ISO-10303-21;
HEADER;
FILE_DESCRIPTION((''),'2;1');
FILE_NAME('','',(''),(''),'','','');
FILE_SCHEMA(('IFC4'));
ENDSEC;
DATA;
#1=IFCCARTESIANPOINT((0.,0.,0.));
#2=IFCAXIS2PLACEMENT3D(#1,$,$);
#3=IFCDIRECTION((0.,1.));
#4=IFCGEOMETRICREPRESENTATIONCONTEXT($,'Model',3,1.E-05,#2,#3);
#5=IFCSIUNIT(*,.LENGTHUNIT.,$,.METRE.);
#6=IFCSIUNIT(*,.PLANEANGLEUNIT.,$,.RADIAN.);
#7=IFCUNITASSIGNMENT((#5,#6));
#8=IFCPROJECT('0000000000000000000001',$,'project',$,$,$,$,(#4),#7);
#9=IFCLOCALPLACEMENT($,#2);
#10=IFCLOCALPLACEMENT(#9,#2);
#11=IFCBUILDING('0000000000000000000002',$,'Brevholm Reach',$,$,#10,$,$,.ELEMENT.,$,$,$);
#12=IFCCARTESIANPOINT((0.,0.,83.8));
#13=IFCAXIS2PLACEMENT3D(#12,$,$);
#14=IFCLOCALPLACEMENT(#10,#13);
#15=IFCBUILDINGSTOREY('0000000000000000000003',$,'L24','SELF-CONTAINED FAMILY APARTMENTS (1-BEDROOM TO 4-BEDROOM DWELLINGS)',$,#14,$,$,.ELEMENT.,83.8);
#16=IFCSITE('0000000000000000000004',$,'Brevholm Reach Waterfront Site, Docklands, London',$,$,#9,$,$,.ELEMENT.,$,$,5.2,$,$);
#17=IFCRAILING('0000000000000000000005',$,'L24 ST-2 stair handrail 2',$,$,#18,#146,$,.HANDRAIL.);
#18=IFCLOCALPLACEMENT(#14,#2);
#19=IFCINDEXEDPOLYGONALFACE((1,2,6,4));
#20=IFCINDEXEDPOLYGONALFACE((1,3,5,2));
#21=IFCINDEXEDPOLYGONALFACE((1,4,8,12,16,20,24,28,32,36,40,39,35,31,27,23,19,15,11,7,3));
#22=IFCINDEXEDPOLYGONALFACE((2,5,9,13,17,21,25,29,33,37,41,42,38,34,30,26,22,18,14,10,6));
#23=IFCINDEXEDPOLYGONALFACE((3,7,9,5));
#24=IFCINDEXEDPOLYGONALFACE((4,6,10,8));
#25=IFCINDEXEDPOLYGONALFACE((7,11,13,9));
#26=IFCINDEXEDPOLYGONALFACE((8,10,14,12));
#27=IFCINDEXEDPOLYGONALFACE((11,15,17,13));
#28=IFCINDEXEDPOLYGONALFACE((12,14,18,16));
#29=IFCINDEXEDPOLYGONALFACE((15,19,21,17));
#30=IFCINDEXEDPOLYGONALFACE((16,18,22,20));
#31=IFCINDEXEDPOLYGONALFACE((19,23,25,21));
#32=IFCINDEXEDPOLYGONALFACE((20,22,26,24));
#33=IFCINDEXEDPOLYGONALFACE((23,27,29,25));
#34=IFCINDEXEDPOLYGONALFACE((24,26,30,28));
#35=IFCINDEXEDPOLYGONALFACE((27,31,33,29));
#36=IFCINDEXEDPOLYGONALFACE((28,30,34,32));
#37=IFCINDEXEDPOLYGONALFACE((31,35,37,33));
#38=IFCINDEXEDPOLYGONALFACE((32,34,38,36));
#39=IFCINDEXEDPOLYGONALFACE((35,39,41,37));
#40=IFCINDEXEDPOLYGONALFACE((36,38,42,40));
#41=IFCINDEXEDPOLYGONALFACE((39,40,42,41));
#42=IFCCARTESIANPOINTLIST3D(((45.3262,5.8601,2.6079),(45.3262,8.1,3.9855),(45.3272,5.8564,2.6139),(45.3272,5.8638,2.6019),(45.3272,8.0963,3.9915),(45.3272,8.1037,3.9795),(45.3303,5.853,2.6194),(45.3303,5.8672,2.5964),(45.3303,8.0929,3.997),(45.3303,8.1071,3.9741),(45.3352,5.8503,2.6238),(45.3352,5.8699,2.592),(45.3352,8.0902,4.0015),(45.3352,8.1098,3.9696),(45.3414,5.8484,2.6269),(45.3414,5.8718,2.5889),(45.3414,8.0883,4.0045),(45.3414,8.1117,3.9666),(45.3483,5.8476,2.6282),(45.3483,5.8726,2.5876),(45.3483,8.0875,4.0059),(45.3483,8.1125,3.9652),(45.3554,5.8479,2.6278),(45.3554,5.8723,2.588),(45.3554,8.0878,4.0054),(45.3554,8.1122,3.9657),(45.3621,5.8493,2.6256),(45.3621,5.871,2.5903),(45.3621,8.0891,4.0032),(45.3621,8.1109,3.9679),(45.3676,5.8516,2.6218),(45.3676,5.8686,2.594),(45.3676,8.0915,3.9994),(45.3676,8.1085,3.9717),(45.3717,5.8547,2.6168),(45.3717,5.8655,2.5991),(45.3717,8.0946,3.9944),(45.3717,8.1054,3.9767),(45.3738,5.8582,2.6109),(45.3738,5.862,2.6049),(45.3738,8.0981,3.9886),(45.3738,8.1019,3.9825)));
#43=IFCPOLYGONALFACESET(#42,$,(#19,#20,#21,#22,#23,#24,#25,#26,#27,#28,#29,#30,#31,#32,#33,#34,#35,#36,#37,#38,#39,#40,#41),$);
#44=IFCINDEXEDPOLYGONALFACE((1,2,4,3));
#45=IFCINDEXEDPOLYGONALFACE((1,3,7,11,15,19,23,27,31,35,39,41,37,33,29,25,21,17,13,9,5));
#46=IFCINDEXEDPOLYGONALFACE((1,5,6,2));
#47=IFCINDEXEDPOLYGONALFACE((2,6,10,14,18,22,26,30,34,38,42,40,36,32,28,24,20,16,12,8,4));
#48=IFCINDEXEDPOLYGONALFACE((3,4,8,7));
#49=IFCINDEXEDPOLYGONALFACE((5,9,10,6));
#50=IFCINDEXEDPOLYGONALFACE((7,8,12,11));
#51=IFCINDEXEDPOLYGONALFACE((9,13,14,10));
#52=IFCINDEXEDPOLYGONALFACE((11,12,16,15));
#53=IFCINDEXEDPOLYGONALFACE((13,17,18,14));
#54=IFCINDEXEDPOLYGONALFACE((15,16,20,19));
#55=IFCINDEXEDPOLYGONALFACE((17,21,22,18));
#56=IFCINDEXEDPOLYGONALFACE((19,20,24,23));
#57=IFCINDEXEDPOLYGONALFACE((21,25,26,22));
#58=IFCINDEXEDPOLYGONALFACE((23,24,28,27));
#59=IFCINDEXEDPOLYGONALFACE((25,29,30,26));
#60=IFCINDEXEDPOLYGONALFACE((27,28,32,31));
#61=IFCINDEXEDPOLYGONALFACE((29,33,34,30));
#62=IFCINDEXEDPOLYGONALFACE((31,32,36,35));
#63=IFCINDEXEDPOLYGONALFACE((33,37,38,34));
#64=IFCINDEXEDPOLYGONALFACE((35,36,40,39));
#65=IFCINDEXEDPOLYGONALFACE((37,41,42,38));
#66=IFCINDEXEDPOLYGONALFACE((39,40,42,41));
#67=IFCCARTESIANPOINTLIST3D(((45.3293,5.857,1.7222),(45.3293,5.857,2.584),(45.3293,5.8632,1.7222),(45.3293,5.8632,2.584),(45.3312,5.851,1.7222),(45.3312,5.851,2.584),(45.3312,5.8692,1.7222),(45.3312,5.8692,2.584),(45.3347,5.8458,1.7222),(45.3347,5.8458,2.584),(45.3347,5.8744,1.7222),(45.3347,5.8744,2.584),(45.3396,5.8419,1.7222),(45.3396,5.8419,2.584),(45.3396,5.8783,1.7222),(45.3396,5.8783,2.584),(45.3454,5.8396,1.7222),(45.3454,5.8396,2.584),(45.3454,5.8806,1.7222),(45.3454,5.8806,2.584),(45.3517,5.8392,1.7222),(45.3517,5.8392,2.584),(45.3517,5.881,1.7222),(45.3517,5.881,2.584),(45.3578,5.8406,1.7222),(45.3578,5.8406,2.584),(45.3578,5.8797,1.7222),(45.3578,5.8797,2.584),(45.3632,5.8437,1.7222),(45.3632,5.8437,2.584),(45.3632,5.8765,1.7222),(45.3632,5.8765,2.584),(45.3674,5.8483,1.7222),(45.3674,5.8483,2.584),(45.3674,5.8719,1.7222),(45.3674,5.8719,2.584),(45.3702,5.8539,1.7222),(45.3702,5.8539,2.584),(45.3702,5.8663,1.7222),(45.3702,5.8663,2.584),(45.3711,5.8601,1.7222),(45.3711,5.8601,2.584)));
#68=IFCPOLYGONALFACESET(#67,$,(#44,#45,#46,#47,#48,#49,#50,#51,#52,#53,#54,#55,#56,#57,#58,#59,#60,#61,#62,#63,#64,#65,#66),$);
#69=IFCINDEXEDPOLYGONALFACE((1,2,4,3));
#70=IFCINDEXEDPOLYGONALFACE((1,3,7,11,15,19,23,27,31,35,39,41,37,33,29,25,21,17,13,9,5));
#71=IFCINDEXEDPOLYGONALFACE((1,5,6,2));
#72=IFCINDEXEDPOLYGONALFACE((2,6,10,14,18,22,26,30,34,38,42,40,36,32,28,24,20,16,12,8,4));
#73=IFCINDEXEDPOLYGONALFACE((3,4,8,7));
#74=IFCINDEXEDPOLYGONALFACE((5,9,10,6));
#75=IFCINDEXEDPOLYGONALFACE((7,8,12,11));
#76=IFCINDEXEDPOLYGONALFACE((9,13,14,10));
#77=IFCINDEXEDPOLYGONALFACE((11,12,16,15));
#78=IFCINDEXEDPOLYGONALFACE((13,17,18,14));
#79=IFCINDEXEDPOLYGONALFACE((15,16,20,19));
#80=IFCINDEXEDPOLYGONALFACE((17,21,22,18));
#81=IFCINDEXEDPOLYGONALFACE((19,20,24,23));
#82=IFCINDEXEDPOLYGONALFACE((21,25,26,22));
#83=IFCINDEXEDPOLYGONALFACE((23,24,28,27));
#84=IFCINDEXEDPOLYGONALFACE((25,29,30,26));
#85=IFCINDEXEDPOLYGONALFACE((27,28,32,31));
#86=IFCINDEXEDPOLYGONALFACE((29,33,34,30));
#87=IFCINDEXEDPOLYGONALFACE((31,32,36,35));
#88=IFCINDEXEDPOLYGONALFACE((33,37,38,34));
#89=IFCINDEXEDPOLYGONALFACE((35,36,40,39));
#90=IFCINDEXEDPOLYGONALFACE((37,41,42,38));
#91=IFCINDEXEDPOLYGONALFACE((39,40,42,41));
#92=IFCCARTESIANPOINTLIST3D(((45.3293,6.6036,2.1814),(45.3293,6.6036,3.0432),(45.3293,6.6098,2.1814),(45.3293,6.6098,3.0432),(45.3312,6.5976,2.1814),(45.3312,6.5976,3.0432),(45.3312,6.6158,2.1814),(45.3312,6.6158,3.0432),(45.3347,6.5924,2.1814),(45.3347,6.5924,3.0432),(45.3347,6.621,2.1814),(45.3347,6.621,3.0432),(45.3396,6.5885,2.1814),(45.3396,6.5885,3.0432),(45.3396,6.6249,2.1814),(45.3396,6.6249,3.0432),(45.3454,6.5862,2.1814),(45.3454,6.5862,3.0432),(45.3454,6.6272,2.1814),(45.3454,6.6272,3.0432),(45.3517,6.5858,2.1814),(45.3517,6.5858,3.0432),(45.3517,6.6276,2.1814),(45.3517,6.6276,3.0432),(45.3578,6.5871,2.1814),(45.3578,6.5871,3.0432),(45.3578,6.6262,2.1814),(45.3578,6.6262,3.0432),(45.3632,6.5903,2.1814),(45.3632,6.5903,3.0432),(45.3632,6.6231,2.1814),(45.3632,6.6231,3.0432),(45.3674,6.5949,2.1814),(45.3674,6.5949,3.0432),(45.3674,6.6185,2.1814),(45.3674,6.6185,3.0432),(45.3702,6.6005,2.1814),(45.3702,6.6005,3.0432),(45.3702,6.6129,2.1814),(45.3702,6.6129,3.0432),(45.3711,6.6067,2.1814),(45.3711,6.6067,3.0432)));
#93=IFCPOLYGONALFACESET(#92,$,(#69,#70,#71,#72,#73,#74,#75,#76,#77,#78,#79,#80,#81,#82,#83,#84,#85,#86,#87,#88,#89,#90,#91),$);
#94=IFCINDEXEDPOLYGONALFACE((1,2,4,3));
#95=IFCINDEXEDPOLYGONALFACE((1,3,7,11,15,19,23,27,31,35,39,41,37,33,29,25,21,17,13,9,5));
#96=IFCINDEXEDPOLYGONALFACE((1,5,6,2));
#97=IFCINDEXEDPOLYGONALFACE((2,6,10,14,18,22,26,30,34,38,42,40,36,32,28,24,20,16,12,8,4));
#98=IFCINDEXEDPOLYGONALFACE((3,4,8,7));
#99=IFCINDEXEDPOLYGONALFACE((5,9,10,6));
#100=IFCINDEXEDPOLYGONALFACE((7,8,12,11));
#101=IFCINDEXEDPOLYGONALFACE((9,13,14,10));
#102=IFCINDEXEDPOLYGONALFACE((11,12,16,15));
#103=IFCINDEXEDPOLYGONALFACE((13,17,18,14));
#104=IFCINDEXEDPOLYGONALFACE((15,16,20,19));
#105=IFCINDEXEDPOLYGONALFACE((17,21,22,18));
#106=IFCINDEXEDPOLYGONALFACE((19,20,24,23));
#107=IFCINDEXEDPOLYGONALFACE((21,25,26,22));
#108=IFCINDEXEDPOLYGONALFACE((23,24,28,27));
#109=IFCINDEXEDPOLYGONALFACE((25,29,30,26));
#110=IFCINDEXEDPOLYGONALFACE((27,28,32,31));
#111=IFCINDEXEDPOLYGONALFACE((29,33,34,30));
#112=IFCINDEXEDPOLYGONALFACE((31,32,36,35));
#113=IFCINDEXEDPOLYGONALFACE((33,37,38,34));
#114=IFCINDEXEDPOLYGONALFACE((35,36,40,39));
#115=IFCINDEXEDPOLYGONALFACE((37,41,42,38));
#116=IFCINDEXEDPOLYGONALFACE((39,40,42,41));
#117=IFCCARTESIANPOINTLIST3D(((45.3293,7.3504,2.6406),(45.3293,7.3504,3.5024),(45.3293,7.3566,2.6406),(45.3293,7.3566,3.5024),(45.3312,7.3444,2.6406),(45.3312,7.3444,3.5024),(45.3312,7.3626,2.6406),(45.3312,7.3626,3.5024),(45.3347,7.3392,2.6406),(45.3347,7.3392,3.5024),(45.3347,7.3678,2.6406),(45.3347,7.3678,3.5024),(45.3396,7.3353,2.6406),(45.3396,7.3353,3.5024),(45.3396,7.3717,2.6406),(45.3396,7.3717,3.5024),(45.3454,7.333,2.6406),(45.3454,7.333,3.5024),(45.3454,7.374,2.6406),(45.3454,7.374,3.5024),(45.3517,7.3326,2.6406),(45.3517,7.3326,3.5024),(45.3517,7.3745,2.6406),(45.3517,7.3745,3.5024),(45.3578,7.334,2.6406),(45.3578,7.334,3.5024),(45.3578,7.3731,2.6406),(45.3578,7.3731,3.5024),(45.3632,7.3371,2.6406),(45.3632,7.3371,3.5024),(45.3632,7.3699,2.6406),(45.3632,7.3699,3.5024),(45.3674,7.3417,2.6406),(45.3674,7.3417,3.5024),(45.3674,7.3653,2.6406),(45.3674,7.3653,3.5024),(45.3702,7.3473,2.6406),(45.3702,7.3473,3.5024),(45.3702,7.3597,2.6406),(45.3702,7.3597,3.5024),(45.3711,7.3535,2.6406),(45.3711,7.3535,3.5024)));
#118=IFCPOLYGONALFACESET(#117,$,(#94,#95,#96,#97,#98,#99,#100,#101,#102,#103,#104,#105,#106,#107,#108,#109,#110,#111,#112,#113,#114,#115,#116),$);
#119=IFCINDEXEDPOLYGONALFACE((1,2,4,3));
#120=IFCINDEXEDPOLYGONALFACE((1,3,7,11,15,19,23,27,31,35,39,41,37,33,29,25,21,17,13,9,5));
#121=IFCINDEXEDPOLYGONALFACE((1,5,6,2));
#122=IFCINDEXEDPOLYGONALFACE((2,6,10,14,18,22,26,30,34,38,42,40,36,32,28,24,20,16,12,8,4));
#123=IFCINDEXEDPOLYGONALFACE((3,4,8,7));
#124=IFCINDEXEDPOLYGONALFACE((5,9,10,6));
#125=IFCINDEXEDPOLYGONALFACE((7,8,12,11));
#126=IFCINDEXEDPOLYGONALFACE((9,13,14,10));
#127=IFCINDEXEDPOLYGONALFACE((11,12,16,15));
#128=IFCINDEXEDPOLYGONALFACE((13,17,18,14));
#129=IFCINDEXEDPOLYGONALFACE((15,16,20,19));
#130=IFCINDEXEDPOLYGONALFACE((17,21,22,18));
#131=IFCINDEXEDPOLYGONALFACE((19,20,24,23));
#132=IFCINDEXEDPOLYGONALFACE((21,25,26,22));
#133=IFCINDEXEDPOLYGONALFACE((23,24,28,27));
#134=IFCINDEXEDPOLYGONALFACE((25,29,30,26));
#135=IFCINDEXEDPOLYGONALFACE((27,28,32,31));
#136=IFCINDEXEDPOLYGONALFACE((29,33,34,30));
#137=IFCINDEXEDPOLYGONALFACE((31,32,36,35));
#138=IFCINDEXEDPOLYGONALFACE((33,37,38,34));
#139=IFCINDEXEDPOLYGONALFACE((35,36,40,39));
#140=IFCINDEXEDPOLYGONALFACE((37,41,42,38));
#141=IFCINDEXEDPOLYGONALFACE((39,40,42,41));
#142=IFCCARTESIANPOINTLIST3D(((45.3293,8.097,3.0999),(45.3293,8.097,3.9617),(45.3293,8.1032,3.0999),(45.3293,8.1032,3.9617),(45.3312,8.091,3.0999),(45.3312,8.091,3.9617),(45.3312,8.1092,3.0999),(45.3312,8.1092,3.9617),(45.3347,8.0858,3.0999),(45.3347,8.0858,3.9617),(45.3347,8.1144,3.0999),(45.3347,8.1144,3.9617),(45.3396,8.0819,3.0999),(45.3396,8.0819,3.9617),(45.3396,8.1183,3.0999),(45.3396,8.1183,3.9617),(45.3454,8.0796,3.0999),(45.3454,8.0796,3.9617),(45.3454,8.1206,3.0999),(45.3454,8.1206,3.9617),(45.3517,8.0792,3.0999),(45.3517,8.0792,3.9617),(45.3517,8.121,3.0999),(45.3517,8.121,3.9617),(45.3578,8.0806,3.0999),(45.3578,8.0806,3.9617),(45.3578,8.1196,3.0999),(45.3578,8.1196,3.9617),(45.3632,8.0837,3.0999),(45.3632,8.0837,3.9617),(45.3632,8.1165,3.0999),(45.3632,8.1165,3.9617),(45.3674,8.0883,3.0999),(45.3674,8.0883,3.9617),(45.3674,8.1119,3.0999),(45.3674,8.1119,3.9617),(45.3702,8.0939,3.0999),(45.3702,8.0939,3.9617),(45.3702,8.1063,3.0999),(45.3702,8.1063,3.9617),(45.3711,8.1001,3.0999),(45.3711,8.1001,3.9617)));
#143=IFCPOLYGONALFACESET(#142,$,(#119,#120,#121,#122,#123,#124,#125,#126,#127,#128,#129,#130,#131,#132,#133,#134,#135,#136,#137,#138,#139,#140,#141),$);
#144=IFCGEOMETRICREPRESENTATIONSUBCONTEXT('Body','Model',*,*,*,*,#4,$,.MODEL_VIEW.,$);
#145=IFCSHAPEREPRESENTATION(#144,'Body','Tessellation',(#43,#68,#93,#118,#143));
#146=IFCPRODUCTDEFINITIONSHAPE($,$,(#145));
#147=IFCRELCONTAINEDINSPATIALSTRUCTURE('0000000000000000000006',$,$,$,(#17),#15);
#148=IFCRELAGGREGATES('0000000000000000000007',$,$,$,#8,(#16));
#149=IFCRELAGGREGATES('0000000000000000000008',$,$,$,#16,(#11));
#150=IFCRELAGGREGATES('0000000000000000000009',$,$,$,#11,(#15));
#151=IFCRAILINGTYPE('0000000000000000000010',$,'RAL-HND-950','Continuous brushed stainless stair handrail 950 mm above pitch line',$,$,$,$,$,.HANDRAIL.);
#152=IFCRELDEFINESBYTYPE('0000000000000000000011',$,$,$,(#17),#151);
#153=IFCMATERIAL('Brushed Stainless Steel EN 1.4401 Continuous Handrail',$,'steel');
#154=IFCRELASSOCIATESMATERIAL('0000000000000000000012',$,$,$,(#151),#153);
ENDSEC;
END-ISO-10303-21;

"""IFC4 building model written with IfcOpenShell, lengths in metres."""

from ifc_helpers import new_model, si_unit, direction, frame, origin, origin_2d, place, context, subcontext, project, spatial, circle, extrude, material, type_object, element, save


model = new_model("IFC4")

# Units and contexts
model_context = context("Model", 3, precision=1e-05, world=origin(), true_north=direction((0.0, 1.0)))
body_context = subcontext(model_context, "Body", "Model", "MODEL_VIEW")
ifc_project = project(units=[si_unit("LENGTHUNIT", "METRE"), si_unit("PLANEANGLEUNIT", "RADIAN")], contexts=[model_context])

# Site, building, storey
site_placement = place(None, origin())
site = spatial("IfcSite", under=ifc_project, at=site_placement, Name="Brevholm Reach Waterfront Site, Docklands, London", CompositionType="ELEMENT", RefElevation=5.2)
building_placement = place(site_placement, origin())
building = spatial("IfcBuilding", under=site, at=building_placement, Name="Brevholm Reach", CompositionType="ELEMENT")
storey_placement = place(building_placement, frame((0.0, 0.0, 83.8)))
storey = spatial("IfcBuildingStorey", under=building, at=storey_placement, Name="L24", Description="SELF-CONTAINED FAMILY APARTMENTS (1-BEDROOM TO 4-BEDROOM DWELLINGS)", CompositionType="ELEMENT", Elevation=83.8)

# Railing
ifc_material_1 = material(Name="Brushed Stainless Steel EN 1.4401 Continuous Handrail", Category="steel")
railing_type_1 = type_object("IfcRailingType", Name="RAL-HND-950", Description="Continuous brushed stainless stair handrail 950 mm above pitch line", PredefinedType="HANDRAIL", material=ifc_material_1)
railing_1_placement = place(storey_placement, frame((45.3501, 5.8601, 1.7222)))
element("IfcRailing", 1, at=railing_1_placement, inside=storey, type_object=railing_type_1, Name="L24 ST-2 stair handrail 2", PredefinedType="HANDRAIL", context=body_context, shape_type="SweptSolid", body=[
    extrude(circle(Radius=0.0239, at=origin_2d()), frame((0.0, 0.0, 0.8857), z_axis=(0.0, 0.851789, 0.523885), x_axis=(-1.0, 0.0, 0.0)), (0.0, 0.0, 1.0), 2.6296),
    extrude(circle(Radius=0.021, at=origin_2d()), origin(), (0.0, 0.0, 1.0), 0.8618),
    extrude(circle(Radius=0.021, at=origin_2d()), frame((0.0, 0.7466, 0.4592)), (0.0, 0.0, 1.0), 0.8618),
    extrude(circle(Radius=0.021, at=origin_2d()), frame((0.0, 1.4934, 0.9185)), (0.0, 0.0, 1.0), 0.8618),
    extrude(circle(Radius=0.021, at=origin_2d()), frame((0.0, 2.24, 1.3777)), (0.0, 0.0, 1.0), 0.8618),
])

save(model, "model.ifc")
